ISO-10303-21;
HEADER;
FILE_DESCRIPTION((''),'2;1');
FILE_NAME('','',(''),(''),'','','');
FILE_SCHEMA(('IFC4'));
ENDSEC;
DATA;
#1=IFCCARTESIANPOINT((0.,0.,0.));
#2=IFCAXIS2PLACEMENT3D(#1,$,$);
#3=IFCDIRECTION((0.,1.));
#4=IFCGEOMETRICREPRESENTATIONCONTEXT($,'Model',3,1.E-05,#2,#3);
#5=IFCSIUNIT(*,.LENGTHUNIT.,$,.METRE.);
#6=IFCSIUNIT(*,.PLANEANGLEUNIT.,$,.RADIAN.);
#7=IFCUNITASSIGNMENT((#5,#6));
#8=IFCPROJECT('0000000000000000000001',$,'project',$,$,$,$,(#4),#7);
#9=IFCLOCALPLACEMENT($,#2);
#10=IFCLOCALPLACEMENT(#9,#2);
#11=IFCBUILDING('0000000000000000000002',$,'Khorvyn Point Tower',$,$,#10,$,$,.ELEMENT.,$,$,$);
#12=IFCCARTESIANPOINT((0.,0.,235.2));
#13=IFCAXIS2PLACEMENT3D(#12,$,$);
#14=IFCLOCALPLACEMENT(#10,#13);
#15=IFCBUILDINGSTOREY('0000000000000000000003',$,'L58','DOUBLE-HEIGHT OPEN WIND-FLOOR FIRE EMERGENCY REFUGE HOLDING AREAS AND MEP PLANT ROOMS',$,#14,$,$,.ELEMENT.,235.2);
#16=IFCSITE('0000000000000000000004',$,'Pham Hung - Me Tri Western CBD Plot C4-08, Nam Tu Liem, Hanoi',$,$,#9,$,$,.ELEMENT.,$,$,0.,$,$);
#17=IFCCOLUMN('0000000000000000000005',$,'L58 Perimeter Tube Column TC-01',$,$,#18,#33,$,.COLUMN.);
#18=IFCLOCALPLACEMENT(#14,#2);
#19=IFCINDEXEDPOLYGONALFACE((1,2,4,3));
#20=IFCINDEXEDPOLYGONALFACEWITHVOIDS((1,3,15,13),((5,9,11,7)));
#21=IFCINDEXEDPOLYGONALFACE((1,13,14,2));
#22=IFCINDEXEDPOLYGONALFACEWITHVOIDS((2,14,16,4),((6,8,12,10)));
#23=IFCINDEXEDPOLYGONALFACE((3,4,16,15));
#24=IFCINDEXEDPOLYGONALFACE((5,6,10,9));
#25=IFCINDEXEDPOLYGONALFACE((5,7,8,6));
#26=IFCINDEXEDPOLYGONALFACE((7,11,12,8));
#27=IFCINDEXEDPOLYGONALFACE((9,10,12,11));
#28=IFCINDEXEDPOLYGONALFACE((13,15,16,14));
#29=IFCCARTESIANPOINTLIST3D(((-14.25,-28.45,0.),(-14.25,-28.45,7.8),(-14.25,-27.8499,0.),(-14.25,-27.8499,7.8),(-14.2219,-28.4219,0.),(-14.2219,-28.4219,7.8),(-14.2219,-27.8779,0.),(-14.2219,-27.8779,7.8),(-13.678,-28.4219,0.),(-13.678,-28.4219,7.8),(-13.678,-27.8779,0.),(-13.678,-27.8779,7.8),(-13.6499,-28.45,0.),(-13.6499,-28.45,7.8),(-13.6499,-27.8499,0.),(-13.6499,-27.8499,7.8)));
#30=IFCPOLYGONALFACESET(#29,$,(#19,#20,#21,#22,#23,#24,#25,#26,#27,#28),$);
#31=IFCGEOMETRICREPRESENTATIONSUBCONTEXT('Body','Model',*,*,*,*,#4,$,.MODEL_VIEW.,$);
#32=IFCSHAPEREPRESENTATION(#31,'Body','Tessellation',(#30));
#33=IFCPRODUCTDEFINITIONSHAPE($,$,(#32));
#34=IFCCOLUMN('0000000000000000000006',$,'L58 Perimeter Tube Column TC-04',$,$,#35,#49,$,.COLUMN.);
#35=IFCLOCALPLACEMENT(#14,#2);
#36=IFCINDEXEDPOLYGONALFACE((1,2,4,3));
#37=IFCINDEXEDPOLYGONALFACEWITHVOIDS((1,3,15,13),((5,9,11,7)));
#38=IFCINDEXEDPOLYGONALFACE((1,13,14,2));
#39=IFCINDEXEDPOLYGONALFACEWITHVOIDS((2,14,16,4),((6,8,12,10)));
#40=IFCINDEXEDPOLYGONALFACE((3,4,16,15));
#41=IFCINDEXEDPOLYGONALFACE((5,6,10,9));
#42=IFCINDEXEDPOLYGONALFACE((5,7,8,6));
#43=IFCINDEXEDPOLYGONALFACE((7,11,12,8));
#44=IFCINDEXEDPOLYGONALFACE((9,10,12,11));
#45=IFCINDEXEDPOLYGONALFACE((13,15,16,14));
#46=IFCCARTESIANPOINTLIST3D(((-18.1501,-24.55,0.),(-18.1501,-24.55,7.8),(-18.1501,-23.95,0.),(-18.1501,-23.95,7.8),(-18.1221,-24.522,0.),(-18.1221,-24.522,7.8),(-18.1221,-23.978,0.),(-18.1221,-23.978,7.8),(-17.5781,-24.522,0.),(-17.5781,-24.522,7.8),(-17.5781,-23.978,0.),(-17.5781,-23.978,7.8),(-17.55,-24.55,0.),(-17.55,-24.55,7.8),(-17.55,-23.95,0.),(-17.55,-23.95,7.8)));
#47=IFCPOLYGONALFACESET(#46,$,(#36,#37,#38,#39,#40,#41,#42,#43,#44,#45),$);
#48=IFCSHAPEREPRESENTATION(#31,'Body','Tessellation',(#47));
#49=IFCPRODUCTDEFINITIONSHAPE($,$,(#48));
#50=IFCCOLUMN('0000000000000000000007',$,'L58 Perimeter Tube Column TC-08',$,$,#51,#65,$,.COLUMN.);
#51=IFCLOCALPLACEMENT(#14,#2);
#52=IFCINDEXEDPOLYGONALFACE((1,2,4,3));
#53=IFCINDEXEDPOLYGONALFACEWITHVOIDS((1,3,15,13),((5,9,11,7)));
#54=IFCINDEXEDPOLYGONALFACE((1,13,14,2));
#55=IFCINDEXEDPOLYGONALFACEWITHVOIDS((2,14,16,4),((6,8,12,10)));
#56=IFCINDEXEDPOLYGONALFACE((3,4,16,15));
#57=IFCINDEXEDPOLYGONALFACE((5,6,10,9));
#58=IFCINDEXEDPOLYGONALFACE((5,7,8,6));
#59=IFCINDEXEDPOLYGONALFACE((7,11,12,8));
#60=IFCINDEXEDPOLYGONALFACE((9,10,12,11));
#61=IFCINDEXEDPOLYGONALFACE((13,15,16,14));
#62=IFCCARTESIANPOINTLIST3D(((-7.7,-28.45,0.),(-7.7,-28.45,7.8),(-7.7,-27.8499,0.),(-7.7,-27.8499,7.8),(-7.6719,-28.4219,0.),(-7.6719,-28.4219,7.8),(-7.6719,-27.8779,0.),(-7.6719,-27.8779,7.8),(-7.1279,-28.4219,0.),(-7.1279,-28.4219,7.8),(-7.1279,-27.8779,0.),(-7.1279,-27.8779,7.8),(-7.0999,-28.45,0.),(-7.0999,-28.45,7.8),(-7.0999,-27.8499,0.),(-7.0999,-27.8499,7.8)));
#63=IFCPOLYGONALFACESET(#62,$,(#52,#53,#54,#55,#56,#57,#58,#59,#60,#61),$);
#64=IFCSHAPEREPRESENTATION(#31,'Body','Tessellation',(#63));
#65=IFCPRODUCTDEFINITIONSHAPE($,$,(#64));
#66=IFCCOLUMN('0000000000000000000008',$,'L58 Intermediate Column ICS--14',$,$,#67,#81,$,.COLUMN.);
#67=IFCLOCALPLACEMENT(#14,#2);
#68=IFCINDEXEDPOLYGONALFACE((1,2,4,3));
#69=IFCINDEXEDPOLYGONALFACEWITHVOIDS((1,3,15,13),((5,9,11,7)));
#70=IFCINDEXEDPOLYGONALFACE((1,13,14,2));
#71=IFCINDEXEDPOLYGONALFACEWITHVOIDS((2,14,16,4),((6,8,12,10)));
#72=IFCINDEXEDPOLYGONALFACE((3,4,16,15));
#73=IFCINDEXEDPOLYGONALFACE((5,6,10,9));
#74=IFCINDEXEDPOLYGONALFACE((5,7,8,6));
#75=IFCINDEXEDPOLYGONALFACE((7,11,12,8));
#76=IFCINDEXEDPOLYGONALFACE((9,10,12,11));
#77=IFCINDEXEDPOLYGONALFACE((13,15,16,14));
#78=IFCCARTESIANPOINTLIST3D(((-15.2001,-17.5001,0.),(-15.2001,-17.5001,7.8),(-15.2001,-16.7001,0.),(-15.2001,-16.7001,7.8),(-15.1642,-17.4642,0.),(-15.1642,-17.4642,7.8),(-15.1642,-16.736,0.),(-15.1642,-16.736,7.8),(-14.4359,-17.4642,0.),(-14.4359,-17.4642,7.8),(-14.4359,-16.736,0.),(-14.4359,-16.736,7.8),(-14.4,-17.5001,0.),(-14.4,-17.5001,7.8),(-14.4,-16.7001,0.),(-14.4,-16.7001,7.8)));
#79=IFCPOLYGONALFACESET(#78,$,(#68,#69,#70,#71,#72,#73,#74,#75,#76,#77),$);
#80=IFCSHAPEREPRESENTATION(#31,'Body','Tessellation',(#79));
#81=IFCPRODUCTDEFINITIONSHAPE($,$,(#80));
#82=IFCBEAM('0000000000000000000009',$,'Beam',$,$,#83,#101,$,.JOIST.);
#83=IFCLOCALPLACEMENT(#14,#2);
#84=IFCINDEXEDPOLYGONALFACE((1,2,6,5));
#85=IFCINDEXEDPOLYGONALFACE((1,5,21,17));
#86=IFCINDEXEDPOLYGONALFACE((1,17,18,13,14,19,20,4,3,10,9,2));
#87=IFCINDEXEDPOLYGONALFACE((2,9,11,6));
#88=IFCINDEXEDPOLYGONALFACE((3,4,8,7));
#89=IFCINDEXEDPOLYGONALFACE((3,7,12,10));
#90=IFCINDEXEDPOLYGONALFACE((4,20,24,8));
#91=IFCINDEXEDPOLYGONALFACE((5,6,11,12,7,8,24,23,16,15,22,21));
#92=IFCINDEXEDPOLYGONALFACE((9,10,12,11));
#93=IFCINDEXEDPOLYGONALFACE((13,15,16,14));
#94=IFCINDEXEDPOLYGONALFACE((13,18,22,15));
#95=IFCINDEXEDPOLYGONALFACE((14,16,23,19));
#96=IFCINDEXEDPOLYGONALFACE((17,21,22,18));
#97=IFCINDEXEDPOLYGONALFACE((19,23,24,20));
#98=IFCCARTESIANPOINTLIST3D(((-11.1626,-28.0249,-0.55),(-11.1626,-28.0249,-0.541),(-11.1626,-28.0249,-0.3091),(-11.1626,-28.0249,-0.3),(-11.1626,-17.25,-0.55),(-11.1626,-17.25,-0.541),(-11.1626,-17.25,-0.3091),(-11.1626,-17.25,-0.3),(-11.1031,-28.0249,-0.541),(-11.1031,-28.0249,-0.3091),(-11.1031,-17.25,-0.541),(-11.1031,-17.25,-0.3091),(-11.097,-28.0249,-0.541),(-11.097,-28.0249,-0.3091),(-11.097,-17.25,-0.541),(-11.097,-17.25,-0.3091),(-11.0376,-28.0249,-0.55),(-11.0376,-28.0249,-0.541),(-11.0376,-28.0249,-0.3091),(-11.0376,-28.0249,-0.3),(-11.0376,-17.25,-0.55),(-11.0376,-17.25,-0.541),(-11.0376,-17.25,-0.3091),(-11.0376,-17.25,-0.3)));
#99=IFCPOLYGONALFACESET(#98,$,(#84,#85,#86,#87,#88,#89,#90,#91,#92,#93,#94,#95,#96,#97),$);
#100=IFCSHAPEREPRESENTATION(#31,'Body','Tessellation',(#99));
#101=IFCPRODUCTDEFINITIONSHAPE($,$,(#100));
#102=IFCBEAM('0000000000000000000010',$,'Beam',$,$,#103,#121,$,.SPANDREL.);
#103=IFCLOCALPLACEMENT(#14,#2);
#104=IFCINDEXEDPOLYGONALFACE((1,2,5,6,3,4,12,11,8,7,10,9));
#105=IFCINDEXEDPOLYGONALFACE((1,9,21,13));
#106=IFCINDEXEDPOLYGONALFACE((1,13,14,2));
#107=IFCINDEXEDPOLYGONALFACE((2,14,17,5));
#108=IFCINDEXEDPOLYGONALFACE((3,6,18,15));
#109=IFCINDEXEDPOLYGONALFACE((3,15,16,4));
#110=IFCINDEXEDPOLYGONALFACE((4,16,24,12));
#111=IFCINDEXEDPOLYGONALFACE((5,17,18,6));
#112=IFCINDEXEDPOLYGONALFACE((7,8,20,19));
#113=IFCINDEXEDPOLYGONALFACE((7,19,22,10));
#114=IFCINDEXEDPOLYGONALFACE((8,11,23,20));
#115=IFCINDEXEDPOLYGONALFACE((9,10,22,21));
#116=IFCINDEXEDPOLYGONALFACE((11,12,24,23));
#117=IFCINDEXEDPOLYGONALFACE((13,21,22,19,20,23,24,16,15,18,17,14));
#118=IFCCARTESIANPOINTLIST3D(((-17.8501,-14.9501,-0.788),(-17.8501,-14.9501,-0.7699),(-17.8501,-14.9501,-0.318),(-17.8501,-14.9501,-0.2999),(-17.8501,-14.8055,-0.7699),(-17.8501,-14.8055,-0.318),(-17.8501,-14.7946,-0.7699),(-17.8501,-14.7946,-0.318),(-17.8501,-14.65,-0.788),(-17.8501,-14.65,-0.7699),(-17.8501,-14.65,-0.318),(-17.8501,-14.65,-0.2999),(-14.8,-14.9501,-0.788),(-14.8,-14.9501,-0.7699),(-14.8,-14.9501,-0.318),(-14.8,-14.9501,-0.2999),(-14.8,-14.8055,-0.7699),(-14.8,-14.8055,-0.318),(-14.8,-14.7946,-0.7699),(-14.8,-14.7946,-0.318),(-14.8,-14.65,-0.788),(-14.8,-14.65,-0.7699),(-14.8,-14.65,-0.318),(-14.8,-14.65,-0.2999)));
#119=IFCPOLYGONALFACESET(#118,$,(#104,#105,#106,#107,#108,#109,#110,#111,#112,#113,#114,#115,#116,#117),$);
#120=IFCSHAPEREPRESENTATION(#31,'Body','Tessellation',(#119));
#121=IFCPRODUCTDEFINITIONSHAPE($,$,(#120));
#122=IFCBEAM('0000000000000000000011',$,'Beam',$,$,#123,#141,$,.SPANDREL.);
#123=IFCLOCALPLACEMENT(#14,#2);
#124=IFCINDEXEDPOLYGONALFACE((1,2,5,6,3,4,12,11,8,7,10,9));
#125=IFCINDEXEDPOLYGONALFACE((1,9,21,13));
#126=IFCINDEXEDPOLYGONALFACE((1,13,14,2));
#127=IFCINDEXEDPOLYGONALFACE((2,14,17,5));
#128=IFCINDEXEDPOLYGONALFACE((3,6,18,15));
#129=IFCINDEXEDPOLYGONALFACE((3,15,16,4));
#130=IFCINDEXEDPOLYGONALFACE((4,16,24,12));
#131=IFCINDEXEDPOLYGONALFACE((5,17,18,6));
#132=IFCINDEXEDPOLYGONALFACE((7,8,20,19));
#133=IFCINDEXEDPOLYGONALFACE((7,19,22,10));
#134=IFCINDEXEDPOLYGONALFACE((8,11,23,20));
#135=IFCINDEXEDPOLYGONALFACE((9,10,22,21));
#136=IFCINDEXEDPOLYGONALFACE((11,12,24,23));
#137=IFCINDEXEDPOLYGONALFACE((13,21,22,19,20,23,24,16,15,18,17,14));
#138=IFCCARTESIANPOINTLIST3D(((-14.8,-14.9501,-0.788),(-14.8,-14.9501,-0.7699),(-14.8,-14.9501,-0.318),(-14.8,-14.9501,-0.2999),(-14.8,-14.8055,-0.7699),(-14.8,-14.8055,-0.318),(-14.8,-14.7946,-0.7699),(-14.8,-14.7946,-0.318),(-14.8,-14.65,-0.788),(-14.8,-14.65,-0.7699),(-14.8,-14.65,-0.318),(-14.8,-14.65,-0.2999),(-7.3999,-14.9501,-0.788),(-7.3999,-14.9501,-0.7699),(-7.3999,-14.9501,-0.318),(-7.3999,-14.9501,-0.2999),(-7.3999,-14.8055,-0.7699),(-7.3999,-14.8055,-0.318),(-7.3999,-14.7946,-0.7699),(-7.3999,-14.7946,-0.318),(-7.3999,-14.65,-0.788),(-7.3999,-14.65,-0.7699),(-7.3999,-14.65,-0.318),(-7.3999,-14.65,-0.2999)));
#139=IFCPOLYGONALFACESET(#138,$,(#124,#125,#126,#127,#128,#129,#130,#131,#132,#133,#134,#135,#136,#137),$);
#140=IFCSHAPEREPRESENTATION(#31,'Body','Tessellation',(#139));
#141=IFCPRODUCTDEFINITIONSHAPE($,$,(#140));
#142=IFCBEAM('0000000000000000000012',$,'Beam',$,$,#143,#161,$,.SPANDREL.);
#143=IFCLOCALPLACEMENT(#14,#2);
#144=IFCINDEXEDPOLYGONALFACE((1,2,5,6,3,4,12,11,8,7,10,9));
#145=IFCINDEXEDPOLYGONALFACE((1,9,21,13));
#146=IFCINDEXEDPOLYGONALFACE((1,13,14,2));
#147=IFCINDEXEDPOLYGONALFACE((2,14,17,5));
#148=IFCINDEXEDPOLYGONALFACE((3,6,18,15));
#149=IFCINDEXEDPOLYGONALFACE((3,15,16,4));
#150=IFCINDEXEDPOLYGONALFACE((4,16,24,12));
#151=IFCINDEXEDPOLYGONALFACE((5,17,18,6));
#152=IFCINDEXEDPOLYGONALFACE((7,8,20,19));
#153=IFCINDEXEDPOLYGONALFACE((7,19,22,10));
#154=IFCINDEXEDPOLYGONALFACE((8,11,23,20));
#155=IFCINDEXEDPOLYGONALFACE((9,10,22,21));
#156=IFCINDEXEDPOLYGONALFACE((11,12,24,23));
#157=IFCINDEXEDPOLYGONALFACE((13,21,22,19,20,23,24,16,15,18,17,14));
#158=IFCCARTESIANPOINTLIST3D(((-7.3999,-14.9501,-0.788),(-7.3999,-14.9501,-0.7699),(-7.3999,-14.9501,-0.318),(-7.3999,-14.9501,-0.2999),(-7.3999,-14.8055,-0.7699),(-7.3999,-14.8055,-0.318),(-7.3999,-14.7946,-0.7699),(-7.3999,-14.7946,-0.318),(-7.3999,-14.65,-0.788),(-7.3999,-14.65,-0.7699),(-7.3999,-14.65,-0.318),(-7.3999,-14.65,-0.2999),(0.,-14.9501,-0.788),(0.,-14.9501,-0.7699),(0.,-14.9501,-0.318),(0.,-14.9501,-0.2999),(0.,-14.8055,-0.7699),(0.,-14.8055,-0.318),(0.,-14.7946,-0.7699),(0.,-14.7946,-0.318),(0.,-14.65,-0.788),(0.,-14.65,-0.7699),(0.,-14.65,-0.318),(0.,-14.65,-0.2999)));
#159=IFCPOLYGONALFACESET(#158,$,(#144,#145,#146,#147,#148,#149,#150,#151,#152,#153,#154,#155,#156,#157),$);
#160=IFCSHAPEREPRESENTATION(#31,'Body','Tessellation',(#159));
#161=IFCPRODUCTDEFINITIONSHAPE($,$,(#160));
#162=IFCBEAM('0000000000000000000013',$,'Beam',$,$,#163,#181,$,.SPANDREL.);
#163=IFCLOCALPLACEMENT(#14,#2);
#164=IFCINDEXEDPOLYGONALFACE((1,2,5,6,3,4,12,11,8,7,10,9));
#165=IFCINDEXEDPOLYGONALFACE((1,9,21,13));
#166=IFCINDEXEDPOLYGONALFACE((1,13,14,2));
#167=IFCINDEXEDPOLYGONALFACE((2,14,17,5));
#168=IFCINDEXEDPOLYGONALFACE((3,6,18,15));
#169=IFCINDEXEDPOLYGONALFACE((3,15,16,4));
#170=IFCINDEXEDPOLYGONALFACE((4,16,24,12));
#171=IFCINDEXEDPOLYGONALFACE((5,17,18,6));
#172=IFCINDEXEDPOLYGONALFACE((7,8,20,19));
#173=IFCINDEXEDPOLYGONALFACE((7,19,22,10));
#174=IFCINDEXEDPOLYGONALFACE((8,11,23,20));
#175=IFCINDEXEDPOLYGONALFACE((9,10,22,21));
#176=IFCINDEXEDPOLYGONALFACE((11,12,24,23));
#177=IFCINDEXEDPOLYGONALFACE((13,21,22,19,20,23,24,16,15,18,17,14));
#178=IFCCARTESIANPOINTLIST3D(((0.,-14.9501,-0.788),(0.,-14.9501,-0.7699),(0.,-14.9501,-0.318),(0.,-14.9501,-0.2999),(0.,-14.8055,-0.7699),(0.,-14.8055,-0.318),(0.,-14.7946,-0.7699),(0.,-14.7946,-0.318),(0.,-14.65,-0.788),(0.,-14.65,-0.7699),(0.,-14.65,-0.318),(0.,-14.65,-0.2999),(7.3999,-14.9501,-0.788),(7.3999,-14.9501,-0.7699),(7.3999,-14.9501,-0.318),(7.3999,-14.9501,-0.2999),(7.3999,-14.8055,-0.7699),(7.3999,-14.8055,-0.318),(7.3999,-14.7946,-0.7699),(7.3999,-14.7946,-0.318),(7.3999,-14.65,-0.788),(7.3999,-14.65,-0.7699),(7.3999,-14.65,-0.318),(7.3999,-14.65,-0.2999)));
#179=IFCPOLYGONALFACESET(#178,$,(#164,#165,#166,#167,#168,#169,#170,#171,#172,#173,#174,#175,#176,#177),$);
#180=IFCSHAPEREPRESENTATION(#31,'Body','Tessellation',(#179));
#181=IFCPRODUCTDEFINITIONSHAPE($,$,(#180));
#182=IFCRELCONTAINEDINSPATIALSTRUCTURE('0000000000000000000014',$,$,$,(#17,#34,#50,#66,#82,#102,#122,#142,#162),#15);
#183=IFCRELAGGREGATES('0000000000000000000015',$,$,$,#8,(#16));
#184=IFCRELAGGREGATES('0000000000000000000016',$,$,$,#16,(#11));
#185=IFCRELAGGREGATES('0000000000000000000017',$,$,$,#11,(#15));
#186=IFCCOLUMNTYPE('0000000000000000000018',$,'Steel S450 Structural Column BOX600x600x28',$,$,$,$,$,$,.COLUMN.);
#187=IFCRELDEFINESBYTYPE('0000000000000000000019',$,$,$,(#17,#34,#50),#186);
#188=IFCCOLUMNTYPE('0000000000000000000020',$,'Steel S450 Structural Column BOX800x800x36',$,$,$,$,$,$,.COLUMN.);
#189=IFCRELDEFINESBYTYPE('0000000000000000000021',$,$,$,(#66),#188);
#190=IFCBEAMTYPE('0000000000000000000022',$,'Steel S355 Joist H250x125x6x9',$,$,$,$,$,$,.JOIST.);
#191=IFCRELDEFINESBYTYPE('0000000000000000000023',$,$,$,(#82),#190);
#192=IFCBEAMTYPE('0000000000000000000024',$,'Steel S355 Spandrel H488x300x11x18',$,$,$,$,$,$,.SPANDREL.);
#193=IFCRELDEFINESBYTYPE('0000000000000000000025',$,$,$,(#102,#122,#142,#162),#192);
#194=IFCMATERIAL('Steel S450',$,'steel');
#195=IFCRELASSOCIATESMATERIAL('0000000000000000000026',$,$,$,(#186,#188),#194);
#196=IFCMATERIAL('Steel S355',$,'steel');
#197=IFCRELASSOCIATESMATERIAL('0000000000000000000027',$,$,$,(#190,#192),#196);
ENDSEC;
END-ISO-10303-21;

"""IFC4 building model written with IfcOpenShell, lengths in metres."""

from ifc_helpers import new_model, si_unit, direction, frame, origin, origin_2d, place, context, subcontext, project, spatial, hollow_rectangle, i_section, extrude, material, material_profile, profile_set, type_object, element, save


model = new_model("IFC4")

# Units and contexts
model_context = context("Model", 3, precision=1e-05, world=origin(), true_north=direction((0.0, 1.0)))
body_context = subcontext(model_context, "Body", "Model", "MODEL_VIEW")
ifc_project = project(units=[si_unit("LENGTHUNIT", "METRE"), si_unit("PLANEANGLEUNIT", "RADIAN")], contexts=[model_context])

# Site, building, storey
site_placement = place(None, origin())
site = spatial("IfcSite", under=ifc_project, at=site_placement, Name="Pham Hung - Me Tri Western CBD Plot C4-08, Nam Tu Liem, Hanoi", CompositionType="ELEMENT", RefElevation=0.0)
building_placement = place(site_placement, origin())
building = spatial("IfcBuilding", under=site, at=building_placement, Name="Khorvyn Point Tower", CompositionType="ELEMENT")
storey_placement = place(building_placement, frame((0.0, 0.0, 235.2)))
storey = spatial("IfcBuildingStorey", under=building, at=storey_placement, Name="L58", Description="DOUBLE-HEIGHT OPEN WIND-FLOOR FIRE EMERGENCY REFUGE HOLDING AREAS AND MEP PLANT ROOMS", CompositionType="ELEMENT", Elevation=235.2)

# Columns
ifc_material_1 = material(Name="Steel S450", Category="steel")
ifc_material_profile_1 = material_profile(ifc_material_1, hollow_rectangle(XDim=0.6001, YDim=0.6001, WallThickness=0.0281, at=origin_2d()))
ifc_profile_set_1 = profile_set([ifc_material_profile_1], Name="Steel S450 BOX600x600x28")
column_type_1 = type_object("IfcColumnType", Name="Steel S450 Structural Column BOX600x600x28", PredefinedType="COLUMN", material=ifc_profile_set_1)
for number, where, z_axis, x_axis, name in (
    (1, (-13.95, -28.1499, 0.0), (0.0, 0.0, 1.0), (1.0, 0.0, 0.0), "L58 Perimeter Tube Column TC-01"),
    (2, (-17.8501, -24.25, 0.0), (0.0, 0.0, 1.0), (1.0, 0.0, 0.0), "L58 Perimeter Tube Column TC-04"),
    (3, (-7.3999, -28.1499, 0.0), (0.0, 0.0, 1.0), (1.0, 0.0, 0.0), "L58 Perimeter Tube Column TC-08"),
):
    element("IfcColumn", number, at=place(storey_placement, frame(where, z_axis=z_axis, x_axis=x_axis)), inside=storey, type_object=column_type_1, Name=name, PredefinedType="COLUMN", context=body_context, shape_type="SweptSolid", body=[
        extrude(hollow_rectangle(XDim=0.6001, YDim=0.6001, WallThickness=0.0281, at=origin_2d()), origin(), (0.0, 0.0, 1.0), 7.8),
    ])
ifc_material_profile_2 = material_profile(ifc_material_1, hollow_rectangle(XDim=0.8, YDim=0.8, WallThickness=0.0359, at=origin_2d()))
ifc_profile_set_2 = profile_set([ifc_material_profile_2], Name="Steel S450 BOX800x800x36")
column_type_2 = type_object("IfcColumnType", Name="Steel S450 Structural Column BOX800x800x36", PredefinedType="COLUMN", material=ifc_profile_set_2)
column_placement = place(storey_placement, frame((-14.8, -17.1001, 0.0), z_axis=(0.0, 0.0, 1.0), x_axis=(1.0, 0.0, 0.0)))
element("IfcColumn", 4, at=column_placement, inside=storey, type_object=column_type_2, Name="L58 Intermediate Column ICS--14", PredefinedType="COLUMN", context=body_context, shape_type="SweptSolid", body=[
    extrude(hollow_rectangle(XDim=0.8, YDim=0.8, WallThickness=0.0359, at=origin_2d()), origin(), (0.0, 0.0, 1.0), 7.8),
])

# Beams
ifc_material_2 = material(Name="Steel S355", Category="steel")
ifc_material_profile_3 = material_profile(ifc_material_2, i_section(OverallWidth=0.125, OverallDepth=0.25, WebThickness=0.0061, FlangeThickness=0.009, at=origin_2d()))
ifc_profile_set_3 = profile_set([ifc_material_profile_3], Name="Steel S355 H250x125x6x9")
beam_type_1 = type_object("IfcBeamType", Name="Steel S355 Joist H250x125x6x9", PredefinedType="JOIST", material=ifc_profile_set_3)
beam_1_placement = place(storey_placement, frame((-11.1001, -28.0249, -0.425), z_axis=(0.0, 1.0, 0.0), x_axis=(-1.0, 0.0, 0.0)))
element("IfcBeam", 5, at=beam_1_placement, inside=storey, type_object=beam_type_1, Name="Beam", PredefinedType="JOIST", context=body_context, shape_type="SweptSolid", body=[
    extrude(i_section(OverallWidth=0.125, OverallDepth=0.25, WebThickness=0.0061, FlangeThickness=0.009, at=origin_2d()), origin(), (0.0, 0.0, 1.0), 10.7749),
])
ifc_material_profile_4 = material_profile(ifc_material_2, i_section(OverallWidth=0.3, OverallDepth=0.488, WebThickness=0.011, FlangeThickness=0.0181, at=origin_2d()))
ifc_profile_set_4 = profile_set([ifc_material_profile_4], Name="Steel S355 H488x300x11x18")
beam_type_2 = type_object("IfcBeamType", Name="Steel S355 Spandrel H488x300x11x18", PredefinedType="SPANDREL", material=ifc_profile_set_4)
beam_2_placement = place(storey_placement, frame((-17.8501, -14.8, -0.5439), z_axis=(1.0, 0.0, 0.0), x_axis=(0.0, 1.0, 0.0)))
element("IfcBeam", 6, at=beam_2_placement, inside=storey, type_object=beam_type_2, Name="Beam", PredefinedType="SPANDREL", context=body_context, shape_type="SweptSolid", body=[
    extrude(i_section(OverallWidth=0.3, OverallDepth=0.488, WebThickness=0.011, FlangeThickness=0.0181, at=origin_2d()), origin(), (0.0, 0.0, 1.0), 3.05),
])
beam_3_placement = place(storey_placement, frame((-14.8, -14.8, -0.5439), z_axis=(1.0, 0.0, 0.0), x_axis=(0.0, 1.0, 0.0)))
element("IfcBeam", 7, at=beam_3_placement, inside=storey, type_object=beam_type_2, Name="Beam", PredefinedType="SPANDREL", context=body_context, shape_type="SweptSolid", body=[
    extrude(i_section(OverallWidth=0.3, OverallDepth=0.488, WebThickness=0.011, FlangeThickness=0.0181, at=origin_2d()), origin(), (0.0, 0.0, 1.0), 7.4001),
])
for number, where, z_axis, x_axis, name in (
    (8, (-7.3999, -14.8, -0.5439), (1.0, 0.0, 0.0), (0.0, 1.0, 0.0), "Beam"),
    (9, (0.0, -14.8, -0.5439), (1.0, 0.0, 0.0), (0.0, 1.0, 0.0), "Beam"),
):
    element("IfcBeam", number, at=place(storey_placement, frame(where, z_axis=z_axis, x_axis=x_axis)), inside=storey, type_object=beam_type_2, Name=name, PredefinedType="SPANDREL", context=body_context, shape_type="SweptSolid", body=[
        extrude(i_section(OverallWidth=0.3, OverallDepth=0.488, WebThickness=0.011, FlangeThickness=0.0181, at=origin_2d()), origin(), (0.0, 0.0, 1.0), 7.3999),
    ])

save(model, "model.ifc")
